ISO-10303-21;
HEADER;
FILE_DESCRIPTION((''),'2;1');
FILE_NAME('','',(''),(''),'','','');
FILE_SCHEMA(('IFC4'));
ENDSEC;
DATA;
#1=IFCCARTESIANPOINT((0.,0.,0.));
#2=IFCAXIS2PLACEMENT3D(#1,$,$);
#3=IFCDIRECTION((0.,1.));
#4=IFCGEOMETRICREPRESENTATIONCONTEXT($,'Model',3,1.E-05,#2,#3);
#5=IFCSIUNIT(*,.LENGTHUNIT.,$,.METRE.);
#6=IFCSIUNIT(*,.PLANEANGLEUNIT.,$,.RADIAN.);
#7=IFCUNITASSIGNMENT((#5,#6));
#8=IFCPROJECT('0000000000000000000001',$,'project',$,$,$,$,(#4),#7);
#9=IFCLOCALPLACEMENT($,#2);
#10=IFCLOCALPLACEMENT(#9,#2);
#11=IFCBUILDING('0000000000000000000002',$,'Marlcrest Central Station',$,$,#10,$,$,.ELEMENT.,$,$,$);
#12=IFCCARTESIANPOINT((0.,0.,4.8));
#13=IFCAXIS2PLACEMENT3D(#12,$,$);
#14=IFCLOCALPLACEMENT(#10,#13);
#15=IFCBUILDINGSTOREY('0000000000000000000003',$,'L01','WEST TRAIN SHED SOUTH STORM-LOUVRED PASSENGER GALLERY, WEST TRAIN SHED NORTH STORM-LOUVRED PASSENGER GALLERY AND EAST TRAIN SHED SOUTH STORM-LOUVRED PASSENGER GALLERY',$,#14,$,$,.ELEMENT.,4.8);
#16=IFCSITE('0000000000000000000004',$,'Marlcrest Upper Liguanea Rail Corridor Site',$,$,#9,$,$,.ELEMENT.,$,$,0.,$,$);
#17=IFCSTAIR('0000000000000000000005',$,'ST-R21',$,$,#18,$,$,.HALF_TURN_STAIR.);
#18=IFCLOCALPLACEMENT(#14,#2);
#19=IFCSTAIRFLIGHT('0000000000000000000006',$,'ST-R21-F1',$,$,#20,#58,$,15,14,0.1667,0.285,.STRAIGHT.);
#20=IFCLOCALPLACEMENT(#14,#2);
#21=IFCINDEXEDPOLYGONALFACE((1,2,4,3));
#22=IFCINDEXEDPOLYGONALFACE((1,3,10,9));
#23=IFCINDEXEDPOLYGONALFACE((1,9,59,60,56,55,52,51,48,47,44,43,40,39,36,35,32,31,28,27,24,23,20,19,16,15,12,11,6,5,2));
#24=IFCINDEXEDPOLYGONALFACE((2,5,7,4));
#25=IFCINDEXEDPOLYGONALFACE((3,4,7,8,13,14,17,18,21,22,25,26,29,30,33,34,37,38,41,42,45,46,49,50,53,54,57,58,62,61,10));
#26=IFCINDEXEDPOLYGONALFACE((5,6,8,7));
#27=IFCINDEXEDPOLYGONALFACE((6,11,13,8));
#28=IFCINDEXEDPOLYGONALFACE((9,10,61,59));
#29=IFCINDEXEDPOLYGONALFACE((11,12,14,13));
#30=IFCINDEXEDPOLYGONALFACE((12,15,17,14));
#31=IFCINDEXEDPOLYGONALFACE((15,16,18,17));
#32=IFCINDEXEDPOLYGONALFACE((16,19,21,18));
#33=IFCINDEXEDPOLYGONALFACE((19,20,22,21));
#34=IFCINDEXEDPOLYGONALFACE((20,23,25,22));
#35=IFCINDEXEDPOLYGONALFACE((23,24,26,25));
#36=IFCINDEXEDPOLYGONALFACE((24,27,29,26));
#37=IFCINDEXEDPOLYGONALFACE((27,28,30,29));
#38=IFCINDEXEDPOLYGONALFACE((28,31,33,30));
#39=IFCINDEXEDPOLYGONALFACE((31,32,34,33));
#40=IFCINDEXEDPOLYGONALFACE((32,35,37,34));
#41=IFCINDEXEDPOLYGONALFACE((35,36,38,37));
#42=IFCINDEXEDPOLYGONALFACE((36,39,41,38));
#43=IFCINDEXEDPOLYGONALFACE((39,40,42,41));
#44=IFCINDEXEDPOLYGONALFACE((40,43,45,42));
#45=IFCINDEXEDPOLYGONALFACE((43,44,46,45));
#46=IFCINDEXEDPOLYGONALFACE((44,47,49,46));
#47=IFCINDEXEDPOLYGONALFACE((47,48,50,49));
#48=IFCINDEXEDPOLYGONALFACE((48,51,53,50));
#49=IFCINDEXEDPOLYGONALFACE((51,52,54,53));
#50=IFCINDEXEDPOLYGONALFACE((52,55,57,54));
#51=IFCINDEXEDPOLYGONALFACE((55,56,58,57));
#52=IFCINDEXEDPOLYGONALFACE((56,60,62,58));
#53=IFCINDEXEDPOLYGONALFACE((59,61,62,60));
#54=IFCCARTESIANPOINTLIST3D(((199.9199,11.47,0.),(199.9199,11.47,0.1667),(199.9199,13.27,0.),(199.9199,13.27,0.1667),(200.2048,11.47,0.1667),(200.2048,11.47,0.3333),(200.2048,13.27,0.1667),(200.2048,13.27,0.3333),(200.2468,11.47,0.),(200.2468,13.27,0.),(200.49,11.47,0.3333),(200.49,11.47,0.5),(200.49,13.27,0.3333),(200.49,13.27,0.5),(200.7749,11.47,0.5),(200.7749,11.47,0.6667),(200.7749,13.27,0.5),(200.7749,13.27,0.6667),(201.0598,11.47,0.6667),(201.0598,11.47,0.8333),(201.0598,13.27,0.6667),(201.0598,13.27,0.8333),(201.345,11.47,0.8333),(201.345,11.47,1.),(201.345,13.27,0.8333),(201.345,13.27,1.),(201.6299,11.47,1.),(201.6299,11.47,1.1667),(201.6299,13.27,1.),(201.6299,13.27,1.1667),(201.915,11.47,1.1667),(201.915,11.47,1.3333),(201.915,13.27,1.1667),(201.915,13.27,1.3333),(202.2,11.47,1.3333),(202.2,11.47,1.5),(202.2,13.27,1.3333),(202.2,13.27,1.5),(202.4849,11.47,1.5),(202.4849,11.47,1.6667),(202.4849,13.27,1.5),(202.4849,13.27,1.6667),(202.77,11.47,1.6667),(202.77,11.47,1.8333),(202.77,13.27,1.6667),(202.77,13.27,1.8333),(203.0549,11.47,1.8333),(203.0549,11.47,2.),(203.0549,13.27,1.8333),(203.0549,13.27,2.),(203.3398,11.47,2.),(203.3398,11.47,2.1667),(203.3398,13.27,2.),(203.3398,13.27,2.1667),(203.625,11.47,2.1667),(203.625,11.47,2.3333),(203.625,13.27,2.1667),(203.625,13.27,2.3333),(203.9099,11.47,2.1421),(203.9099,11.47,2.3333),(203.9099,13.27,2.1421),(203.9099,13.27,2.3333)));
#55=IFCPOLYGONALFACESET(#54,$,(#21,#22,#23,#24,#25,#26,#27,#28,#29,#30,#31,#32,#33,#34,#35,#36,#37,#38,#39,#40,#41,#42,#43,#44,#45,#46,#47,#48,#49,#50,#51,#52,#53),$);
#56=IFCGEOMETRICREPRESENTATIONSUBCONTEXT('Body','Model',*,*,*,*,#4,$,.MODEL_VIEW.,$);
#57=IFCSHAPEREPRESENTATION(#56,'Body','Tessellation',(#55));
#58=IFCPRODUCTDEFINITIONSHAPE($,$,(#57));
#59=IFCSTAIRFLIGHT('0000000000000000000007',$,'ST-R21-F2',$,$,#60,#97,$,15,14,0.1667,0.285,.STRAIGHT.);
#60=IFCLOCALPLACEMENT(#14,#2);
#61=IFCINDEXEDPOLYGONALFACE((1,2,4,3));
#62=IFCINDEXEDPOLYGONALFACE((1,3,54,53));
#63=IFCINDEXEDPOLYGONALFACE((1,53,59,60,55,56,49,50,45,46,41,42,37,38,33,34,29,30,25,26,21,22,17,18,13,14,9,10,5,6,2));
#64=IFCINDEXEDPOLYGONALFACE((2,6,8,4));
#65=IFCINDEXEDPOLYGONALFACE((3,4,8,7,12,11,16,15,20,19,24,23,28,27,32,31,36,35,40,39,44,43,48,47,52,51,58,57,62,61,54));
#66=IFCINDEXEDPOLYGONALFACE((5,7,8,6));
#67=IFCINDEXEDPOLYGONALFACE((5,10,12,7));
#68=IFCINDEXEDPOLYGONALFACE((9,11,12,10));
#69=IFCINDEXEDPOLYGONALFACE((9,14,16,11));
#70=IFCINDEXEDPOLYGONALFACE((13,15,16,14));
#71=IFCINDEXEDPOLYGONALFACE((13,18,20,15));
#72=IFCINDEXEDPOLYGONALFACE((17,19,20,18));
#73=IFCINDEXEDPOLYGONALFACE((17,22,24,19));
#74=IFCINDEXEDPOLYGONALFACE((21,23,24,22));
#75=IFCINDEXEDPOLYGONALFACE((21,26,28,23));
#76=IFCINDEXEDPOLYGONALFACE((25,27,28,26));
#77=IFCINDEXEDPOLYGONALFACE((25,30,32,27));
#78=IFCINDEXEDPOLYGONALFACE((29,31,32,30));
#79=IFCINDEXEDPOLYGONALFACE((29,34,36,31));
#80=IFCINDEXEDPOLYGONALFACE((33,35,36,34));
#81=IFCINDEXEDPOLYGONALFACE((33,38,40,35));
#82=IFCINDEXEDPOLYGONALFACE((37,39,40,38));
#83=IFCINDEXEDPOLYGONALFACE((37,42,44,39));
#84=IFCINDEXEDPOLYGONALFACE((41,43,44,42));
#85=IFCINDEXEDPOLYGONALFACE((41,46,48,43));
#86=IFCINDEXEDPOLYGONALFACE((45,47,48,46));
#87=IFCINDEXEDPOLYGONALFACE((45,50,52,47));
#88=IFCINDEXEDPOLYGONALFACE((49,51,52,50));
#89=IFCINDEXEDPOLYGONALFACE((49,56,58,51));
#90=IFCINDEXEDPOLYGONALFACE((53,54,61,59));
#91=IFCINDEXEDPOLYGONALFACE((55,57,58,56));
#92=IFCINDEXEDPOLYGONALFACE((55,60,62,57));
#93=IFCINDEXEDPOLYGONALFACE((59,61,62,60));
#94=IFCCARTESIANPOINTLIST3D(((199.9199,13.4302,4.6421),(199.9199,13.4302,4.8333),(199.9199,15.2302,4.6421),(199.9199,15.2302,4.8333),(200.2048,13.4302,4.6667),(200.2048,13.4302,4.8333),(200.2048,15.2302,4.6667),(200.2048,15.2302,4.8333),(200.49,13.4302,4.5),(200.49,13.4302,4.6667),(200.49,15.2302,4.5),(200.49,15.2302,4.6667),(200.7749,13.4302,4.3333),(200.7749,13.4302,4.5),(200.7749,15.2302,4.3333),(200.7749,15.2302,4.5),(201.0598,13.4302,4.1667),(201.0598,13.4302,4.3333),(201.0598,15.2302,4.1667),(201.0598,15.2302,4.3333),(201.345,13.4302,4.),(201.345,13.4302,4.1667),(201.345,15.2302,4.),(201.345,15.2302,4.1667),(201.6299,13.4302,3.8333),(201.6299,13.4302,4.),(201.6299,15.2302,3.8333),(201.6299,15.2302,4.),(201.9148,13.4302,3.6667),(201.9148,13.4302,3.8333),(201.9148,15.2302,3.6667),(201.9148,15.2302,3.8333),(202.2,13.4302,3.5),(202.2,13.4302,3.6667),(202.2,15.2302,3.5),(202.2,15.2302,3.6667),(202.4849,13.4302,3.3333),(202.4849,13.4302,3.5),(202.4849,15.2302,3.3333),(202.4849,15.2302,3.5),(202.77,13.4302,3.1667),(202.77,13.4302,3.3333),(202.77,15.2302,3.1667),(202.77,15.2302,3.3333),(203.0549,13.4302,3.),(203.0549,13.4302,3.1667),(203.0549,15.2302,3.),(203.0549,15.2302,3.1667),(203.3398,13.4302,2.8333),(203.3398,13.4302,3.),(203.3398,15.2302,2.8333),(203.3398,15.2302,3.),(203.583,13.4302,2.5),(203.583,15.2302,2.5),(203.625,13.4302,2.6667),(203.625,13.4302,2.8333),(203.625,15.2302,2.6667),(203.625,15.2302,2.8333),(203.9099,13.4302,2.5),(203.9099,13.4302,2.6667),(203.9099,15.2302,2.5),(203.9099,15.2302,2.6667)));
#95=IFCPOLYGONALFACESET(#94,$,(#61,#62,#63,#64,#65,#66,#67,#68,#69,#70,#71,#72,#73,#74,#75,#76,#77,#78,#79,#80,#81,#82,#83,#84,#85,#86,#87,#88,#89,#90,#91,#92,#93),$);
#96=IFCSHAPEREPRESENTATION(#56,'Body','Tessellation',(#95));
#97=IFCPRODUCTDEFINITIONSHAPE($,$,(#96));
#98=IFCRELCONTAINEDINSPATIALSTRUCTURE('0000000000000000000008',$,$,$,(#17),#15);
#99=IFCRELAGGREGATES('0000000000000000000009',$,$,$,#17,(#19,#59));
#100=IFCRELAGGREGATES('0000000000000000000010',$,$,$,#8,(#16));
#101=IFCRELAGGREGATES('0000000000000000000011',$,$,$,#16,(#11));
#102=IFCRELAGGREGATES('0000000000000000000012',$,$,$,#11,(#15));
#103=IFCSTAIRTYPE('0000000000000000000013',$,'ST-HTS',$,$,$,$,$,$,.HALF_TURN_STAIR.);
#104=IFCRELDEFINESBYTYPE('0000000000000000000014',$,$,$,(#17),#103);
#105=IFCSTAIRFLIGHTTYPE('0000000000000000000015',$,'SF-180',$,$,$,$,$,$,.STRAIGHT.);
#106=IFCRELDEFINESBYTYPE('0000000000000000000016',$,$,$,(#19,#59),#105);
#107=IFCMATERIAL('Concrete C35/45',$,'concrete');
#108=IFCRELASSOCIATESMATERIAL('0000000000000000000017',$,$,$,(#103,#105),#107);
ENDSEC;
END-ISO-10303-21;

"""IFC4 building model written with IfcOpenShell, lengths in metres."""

from ifc_helpers import new_model, si_unit, direction, frame, origin, place, context, subcontext, project, spatial, polyline, outline, extrude, material, type_object, element, aggregate, save


model = new_model("IFC4")

# Units and contexts
model_context = context("Model", 3, precision=1e-05, world=origin(), true_north=direction((0.0, 1.0)))
body_context = subcontext(model_context, "Body", "Model", "MODEL_VIEW")
ifc_project = project(units=[si_unit("LENGTHUNIT", "METRE"), si_unit("PLANEANGLEUNIT", "RADIAN")], contexts=[model_context])

# Site, building, storey
site_placement = place(None, origin())
site = spatial("IfcSite", under=ifc_project, at=site_placement, Name="Marlcrest Upper Liguanea Rail Corridor Site", CompositionType="ELEMENT", RefElevation=0.0)
building_placement = place(site_placement, origin())
building = spatial("IfcBuilding", under=site, at=building_placement, Name="Marlcrest Central Station", CompositionType="ELEMENT")
storey_placement = place(building_placement, frame((0.0, 0.0, 4.8)))
storey = spatial("IfcBuildingStorey", under=building, at=storey_placement, Name="L01", Description="WEST TRAIN SHED SOUTH STORM-LOUVRED PASSENGER GALLERY, WEST TRAIN SHED NORTH STORM-LOUVRED PASSENGER GALLERY AND EAST TRAIN SHED SOUTH STORM-LOUVRED PASSENGER GALLERY", CompositionType="ELEMENT", Elevation=4.8)

# Stair, stair flights
ifc_material_1 = material(Name="Concrete C35/45", Category="concrete")
stair_type = type_object("IfcStairType", Name="ST-HTS", PredefinedType="HALF_TURN_STAIR", material=ifc_material_1)
stair_placement = place(storey_placement, origin())
stair = element("IfcStair", 1, at=stair_placement, inside=storey, type_object=stair_type, Name="ST-R21", PredefinedType="HALF_TURN_STAIR")
stair_flight_type = type_object("IfcStairFlightType", Name="SF-180", PredefinedType="STRAIGHT", material=ifc_material_1)
stair_flight_1_placement = place(storey_placement, frame((199.9199, 12.3701, 0.0), z_axis=(0.0, 0.0, 1.0), x_axis=(1.0, 0.0, 0.0)))
stair_flight_1 = element("IfcStairFlight", 2, at=stair_flight_1_placement, type_object=stair_flight_type, Name="ST-R21-F1", NumberOfRisers=15, NumberOfTreads=14, PredefinedType="STRAIGHT", RiserHeight=0.1667, TreadLength=0.285, context=body_context, shape_type="SweptSolid", body=[
    extrude(outline(polyline([(0.0, 0.0), (0.0, 0.1667), (0.2849, 0.1667), (0.2849, 0.3333), (0.5701, 0.3333), (0.5701, 0.5), (0.855, 0.5), (0.855, 0.6667), (1.1399, 0.6667), (1.1399, 0.8333), (1.425, 0.8333), (1.425, 1.0), (1.71, 1.0), (1.71, 1.1667), (1.9951, 1.1667), (1.9951, 1.3333), (2.28, 1.3333), (2.28, 1.5), (2.5649, 1.5), (2.5649, 1.6667), (2.8501, 1.6667), (2.8501, 1.8333), (3.135, 1.8333), (3.135, 2.0), (3.4199, 2.0), (3.4199, 2.1667), (3.7051, 2.1667), (3.7051, 2.3333), (3.99, 2.3333), (3.99, 2.5), (3.99, 2.1421), (0.3269, 0.0), (0.0, 0.0)])), frame((0.0, 0.8999, 0.0), z_axis=(0.0, -1.0, 0.0), x_axis=(1.0, 0.0, 0.0)), (0.0, 0.0, 1.0), 1.8),
])
stair_flight_2_placement = place(storey_placement, frame((203.9099, 14.3301, 2.5), z_axis=(0.0, 0.0, 1.0), x_axis=(-1.0, 0.0, 0.0)))
stair_flight_2 = element("IfcStairFlight", 3, at=stair_flight_2_placement, type_object=stair_flight_type, Name="ST-R21-F2", NumberOfRisers=15, NumberOfTreads=14, PredefinedType="STRAIGHT", RiserHeight=0.1667, TreadLength=0.285, context=body_context, shape_type="SweptSolid", body=[
    extrude(outline(polyline([(0.0, 0.0), (0.0, 0.1667), (0.2849, 0.1667), (0.2849, 0.3333), (0.5701, 0.3333), (0.5701, 0.5), (0.855, 0.5), (0.855, 0.6667), (1.1399, 0.6667), (1.1399, 0.8333), (1.425, 0.8333), (1.425, 1.0), (1.71, 1.0), (1.71, 1.1667), (1.9951, 1.1667), (1.9951, 1.3333), (2.28, 1.3333), (2.28, 1.5), (2.5649, 1.5), (2.5649, 1.6667), (2.8501, 1.6667), (2.8501, 1.8333), (3.135, 1.8333), (3.135, 2.0), (3.4199, 2.0), (3.4199, 2.1667), (3.7051, 2.1667), (3.7051, 2.3333), (3.99, 2.3333), (3.99, 2.5), (3.99, 2.1421), (0.3269, 0.0), (0.0, 0.0)])), frame((0.0, 0.8999, 0.0), z_axis=(0.0, -1.0, 0.0), x_axis=(1.0, 0.0, 0.0)), (0.0, 0.0, 1.0), 1.8),
])
aggregate(stair, [stair_flight_1, stair_flight_2])

save(model, "model.ifc")
